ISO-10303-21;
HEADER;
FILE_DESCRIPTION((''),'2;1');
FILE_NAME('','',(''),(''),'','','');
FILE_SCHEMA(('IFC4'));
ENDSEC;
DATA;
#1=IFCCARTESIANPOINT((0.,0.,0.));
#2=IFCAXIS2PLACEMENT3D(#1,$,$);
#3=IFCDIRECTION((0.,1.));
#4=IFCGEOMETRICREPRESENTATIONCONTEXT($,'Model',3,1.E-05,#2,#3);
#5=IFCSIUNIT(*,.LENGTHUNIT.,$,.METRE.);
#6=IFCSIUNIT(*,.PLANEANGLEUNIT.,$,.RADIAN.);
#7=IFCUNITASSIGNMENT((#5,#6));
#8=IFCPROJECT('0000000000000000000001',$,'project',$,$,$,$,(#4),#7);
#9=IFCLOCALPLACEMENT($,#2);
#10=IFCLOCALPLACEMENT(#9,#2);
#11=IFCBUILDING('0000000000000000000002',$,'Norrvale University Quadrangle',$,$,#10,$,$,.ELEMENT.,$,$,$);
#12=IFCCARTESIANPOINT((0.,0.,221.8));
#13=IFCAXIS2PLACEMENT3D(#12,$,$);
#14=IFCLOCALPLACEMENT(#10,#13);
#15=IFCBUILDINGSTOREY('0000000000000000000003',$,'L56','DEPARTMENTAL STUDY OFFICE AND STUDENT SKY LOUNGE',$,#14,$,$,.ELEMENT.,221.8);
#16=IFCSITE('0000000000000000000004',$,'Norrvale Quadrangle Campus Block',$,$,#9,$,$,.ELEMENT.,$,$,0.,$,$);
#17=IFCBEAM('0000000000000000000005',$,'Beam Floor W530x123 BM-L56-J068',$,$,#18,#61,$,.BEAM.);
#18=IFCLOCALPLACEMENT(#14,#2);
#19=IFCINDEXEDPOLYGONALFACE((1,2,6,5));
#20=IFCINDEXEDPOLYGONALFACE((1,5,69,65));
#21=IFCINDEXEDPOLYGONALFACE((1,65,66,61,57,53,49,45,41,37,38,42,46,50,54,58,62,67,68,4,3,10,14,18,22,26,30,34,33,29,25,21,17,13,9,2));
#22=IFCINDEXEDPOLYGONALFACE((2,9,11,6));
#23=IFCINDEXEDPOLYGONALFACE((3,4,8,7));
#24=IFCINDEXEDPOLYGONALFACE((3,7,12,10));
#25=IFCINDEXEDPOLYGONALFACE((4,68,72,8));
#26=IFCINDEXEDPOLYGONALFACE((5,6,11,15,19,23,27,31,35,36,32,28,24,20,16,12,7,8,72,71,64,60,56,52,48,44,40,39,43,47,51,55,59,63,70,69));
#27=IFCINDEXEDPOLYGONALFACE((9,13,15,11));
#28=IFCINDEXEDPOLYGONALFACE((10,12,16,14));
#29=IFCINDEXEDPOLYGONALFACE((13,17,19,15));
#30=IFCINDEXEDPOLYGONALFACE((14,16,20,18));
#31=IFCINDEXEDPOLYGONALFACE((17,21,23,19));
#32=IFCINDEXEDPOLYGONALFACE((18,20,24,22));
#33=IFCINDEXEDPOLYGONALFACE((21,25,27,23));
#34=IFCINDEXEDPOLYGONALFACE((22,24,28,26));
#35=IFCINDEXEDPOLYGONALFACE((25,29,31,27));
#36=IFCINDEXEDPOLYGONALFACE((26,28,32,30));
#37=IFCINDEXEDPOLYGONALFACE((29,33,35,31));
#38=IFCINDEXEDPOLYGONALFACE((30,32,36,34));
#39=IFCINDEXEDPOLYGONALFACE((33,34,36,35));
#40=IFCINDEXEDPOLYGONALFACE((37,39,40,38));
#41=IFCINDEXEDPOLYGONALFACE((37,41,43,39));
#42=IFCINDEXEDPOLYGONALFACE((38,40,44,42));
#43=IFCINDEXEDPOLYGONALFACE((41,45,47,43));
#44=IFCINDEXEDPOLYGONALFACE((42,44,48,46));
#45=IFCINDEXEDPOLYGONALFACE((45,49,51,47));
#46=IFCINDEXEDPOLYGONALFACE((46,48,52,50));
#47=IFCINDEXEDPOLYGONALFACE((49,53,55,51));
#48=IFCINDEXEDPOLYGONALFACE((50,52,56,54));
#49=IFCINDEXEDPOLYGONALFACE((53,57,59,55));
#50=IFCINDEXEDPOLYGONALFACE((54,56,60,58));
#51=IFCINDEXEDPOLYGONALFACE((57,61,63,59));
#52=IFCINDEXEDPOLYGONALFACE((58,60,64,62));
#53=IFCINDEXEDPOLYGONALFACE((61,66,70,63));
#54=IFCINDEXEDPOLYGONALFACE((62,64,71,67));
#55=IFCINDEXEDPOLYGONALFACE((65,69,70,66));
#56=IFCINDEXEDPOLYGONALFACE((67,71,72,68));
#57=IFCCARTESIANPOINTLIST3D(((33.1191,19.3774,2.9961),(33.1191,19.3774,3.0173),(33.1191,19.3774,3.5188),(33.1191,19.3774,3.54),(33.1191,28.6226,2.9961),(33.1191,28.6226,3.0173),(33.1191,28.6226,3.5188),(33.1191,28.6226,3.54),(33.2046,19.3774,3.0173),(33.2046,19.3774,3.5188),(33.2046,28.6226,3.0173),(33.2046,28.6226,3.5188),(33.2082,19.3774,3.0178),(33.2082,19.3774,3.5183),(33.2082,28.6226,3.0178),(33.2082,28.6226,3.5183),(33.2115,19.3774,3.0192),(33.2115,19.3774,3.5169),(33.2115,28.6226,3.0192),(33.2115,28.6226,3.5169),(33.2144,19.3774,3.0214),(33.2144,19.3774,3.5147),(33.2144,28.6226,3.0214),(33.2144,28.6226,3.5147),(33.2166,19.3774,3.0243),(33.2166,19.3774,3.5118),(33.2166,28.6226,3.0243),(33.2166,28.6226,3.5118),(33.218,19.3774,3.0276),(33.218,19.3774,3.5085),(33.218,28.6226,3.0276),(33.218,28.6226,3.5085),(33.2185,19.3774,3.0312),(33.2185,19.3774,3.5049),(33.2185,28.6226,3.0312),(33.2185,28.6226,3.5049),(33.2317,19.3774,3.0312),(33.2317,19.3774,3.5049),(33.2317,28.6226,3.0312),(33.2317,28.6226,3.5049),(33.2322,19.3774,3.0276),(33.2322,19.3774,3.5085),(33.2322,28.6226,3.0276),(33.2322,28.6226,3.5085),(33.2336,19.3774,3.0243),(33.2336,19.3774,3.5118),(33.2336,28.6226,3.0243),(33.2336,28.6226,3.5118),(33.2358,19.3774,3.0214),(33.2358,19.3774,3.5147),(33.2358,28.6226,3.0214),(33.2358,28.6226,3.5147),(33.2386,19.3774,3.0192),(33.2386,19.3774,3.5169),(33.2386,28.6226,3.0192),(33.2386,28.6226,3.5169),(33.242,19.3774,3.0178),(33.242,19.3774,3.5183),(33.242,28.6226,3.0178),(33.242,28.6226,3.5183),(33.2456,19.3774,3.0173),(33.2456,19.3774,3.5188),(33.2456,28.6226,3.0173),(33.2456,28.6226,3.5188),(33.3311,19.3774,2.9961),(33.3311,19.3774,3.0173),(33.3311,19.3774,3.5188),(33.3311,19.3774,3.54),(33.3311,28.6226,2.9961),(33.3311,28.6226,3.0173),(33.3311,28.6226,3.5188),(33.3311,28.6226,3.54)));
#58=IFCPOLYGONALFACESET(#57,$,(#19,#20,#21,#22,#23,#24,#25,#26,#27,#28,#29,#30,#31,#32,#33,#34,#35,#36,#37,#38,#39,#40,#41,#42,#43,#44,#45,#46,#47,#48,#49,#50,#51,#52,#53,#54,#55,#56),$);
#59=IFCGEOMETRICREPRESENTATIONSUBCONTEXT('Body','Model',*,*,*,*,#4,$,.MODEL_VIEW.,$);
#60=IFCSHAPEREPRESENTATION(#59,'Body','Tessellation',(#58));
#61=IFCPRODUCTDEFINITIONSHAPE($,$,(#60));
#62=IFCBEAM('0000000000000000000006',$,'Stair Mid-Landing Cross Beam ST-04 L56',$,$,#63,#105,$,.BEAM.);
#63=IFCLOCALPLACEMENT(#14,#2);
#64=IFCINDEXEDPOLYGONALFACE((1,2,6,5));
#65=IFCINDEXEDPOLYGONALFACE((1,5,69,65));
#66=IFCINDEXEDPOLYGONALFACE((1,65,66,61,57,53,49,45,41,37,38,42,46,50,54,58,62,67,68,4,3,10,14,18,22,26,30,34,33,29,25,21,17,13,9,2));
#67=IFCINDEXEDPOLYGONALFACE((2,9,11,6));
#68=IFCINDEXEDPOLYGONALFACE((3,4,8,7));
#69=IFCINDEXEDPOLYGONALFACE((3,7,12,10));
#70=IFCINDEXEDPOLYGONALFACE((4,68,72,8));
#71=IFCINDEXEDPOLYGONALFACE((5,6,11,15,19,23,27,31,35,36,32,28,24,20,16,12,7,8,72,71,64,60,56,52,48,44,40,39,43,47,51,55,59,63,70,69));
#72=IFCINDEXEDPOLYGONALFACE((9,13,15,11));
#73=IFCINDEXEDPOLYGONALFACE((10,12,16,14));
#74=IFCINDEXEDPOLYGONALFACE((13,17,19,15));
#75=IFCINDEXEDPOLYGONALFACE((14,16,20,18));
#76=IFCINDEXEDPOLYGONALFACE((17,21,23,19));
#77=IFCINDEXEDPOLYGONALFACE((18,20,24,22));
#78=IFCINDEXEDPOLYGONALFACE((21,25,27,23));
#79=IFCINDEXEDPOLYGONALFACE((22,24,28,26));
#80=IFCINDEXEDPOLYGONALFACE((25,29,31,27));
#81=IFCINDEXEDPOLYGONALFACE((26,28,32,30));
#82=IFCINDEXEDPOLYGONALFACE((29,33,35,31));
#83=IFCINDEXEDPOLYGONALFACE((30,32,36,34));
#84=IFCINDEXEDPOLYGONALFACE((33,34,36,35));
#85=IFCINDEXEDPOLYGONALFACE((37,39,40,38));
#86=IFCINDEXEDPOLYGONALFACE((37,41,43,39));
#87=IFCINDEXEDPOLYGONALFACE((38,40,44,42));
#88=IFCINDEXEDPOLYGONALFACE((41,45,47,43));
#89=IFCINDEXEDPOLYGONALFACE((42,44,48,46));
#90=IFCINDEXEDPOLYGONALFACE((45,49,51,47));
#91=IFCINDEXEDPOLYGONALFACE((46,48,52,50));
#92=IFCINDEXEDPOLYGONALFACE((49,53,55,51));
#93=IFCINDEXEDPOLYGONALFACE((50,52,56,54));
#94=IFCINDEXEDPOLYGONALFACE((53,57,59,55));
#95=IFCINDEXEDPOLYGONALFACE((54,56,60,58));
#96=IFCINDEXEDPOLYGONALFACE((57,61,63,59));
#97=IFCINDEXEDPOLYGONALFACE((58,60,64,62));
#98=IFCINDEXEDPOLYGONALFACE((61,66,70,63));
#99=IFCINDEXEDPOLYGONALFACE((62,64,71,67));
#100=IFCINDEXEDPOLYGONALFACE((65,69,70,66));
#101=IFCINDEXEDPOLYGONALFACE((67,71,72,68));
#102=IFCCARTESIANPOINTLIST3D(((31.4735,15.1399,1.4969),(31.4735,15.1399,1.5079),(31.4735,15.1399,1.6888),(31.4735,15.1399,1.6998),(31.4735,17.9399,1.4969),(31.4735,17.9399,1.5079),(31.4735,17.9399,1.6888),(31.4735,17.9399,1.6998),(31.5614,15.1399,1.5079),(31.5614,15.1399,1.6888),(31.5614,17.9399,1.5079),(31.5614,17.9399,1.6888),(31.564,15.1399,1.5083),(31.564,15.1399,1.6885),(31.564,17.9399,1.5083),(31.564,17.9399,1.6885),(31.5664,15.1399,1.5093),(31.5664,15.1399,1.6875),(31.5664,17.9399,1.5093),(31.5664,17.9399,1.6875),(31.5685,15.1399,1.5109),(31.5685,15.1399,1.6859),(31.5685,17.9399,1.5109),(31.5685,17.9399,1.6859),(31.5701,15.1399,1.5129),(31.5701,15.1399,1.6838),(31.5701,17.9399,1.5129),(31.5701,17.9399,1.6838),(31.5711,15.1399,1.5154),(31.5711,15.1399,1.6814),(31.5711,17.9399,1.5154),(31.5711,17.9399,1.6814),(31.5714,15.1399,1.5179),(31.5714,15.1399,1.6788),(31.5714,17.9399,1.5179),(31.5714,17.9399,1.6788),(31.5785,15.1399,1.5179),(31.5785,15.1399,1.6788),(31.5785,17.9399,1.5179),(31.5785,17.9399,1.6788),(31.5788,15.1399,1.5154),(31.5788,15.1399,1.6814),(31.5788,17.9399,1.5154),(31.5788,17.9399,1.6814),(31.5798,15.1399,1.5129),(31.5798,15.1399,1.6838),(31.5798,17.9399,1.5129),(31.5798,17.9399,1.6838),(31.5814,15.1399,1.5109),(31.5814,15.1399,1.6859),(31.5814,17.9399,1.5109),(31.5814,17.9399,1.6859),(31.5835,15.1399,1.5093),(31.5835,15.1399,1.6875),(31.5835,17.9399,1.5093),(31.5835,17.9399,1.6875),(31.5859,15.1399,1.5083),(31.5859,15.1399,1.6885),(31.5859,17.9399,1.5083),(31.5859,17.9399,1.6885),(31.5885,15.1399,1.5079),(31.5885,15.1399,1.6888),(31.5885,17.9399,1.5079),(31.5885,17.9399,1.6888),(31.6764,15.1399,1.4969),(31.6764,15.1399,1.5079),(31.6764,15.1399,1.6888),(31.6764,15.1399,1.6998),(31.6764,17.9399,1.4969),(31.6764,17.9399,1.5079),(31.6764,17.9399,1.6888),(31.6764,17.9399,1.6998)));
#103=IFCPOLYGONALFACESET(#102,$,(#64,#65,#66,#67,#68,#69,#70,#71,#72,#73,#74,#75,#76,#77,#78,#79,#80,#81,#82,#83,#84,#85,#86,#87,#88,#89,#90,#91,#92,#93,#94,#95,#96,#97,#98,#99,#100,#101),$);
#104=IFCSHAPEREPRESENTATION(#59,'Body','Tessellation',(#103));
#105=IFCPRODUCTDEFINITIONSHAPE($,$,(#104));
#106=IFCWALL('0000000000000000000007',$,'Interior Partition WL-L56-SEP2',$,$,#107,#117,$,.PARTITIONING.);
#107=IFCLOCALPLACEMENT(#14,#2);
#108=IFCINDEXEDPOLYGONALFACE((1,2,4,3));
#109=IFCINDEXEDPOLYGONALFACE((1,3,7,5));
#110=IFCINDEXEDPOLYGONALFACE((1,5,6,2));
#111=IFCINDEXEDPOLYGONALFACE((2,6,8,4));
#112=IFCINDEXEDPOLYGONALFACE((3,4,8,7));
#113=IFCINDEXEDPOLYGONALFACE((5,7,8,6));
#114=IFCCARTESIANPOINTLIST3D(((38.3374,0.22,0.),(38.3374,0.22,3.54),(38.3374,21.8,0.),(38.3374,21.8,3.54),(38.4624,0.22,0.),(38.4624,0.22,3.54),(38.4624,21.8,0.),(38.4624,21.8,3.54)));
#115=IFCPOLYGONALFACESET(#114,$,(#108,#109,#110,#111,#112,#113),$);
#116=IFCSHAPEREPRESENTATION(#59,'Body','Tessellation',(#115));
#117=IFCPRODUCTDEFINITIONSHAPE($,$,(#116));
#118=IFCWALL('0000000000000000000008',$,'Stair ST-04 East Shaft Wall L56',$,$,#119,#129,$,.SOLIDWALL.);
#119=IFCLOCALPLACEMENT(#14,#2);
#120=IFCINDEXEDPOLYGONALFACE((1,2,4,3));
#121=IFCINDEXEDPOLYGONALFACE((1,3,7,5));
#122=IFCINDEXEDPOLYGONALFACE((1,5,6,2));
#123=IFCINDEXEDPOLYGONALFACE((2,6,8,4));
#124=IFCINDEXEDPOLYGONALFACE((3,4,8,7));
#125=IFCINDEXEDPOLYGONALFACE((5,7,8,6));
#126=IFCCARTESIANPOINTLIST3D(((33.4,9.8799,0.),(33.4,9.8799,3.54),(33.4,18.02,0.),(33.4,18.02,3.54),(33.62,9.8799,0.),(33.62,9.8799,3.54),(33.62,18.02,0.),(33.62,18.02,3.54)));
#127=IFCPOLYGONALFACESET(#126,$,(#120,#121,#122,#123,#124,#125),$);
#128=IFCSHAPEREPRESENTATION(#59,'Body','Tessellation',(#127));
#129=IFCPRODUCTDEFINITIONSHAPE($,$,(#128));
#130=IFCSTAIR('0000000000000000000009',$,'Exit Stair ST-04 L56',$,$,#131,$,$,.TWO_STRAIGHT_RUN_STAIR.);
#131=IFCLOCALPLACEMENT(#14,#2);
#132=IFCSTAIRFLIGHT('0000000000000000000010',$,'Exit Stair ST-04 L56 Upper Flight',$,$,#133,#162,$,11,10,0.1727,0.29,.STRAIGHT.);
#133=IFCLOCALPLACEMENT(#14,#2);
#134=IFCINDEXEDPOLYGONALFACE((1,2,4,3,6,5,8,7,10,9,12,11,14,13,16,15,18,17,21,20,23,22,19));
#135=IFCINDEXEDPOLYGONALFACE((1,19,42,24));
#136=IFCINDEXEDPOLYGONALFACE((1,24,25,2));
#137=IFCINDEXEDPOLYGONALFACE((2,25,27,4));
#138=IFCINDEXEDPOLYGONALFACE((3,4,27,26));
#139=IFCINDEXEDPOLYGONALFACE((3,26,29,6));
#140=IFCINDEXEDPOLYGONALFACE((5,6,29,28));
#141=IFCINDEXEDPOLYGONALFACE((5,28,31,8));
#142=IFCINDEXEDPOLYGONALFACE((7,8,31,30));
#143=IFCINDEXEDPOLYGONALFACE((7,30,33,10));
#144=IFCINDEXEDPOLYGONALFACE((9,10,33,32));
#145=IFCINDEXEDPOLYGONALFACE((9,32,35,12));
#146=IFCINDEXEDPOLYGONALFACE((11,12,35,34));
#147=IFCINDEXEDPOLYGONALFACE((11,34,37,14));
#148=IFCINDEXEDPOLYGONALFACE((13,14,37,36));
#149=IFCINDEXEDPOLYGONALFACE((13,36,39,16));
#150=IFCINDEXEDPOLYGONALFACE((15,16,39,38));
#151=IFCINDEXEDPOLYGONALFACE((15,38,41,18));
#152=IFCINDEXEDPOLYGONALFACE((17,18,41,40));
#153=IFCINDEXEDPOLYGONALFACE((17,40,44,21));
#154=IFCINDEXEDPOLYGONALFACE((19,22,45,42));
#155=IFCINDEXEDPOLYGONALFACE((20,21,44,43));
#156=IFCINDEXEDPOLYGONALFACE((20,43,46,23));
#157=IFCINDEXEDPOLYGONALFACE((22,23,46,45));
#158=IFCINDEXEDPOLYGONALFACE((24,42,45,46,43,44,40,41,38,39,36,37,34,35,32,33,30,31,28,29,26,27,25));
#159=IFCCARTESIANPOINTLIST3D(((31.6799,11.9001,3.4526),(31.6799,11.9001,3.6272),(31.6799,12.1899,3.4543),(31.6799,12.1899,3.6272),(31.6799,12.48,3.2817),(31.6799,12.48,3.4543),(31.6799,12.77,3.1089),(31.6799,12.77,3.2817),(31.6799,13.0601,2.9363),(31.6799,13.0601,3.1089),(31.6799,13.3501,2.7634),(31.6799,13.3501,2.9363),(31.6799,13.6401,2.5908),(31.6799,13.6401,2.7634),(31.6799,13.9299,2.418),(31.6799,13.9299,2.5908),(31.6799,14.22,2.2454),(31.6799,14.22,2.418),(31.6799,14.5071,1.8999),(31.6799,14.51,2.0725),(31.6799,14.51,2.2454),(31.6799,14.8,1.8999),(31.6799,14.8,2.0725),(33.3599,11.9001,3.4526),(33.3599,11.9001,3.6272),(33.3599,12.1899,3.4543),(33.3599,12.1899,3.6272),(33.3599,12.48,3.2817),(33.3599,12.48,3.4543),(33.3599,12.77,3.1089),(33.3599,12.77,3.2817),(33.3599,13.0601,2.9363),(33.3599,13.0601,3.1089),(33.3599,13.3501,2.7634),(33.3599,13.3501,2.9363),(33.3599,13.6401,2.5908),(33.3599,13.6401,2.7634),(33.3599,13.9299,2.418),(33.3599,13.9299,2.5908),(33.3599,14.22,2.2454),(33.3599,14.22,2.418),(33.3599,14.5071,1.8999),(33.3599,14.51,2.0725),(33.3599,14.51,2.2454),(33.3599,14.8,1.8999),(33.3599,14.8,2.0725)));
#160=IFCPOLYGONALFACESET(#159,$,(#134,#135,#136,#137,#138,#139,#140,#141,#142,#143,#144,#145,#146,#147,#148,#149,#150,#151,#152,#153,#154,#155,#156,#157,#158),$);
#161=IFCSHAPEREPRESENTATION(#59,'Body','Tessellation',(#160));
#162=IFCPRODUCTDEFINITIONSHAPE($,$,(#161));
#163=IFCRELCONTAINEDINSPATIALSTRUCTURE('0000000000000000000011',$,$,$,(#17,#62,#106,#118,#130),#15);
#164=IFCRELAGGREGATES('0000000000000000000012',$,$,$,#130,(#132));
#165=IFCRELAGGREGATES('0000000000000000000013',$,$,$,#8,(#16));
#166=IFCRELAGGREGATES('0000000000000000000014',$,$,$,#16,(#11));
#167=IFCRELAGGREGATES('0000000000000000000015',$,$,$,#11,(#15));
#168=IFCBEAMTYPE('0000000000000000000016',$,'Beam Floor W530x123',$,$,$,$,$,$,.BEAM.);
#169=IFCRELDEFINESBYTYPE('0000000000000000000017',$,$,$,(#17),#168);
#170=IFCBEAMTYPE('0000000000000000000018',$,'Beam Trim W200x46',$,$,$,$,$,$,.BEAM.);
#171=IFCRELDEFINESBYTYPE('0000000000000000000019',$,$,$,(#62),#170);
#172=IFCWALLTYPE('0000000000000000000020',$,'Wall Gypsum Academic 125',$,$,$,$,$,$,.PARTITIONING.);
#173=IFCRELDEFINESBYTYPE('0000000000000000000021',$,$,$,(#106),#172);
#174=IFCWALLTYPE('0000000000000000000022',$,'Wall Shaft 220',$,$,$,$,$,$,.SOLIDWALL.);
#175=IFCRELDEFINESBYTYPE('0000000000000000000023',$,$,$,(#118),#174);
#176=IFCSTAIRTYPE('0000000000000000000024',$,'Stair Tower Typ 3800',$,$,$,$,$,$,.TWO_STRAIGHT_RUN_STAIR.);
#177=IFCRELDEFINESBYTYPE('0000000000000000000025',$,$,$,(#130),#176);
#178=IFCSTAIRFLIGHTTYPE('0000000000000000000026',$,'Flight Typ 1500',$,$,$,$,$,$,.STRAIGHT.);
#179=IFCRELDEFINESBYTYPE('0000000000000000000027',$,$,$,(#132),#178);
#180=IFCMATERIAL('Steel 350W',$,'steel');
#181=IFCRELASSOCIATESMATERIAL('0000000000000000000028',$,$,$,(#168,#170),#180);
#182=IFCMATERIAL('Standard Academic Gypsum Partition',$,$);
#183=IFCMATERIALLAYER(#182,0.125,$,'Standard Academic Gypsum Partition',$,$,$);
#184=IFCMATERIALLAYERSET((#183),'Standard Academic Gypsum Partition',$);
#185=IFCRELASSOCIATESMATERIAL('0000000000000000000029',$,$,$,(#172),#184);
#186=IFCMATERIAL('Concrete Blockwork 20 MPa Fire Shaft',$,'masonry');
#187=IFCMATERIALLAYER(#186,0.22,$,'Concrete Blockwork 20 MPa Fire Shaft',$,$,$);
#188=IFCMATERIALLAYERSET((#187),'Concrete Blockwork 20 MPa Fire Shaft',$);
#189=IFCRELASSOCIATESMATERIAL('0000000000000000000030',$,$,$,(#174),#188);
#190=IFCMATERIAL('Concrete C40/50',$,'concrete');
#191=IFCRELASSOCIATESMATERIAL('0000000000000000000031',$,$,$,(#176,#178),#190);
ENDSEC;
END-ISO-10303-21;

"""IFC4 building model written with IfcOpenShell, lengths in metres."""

from ifc_helpers import new_model, si_unit, direction, frame, frame_2d, origin, origin_2d, place, context, subcontext, project, spatial, polyline, rectangle, i_section, outline, extrude, material, layer, layer_set, material_profile, profile_set, type_object, element, aggregate, save


model = new_model("IFC4")

# Units and contexts
model_context = context("Model", 3, precision=1e-05, world=origin(), true_north=direction((0.0, 1.0)))
body_context = subcontext(model_context, "Body", "Model", "MODEL_VIEW")
ifc_project = project(units=[si_unit("LENGTHUNIT", "METRE"), si_unit("PLANEANGLEUNIT", "RADIAN")], contexts=[model_context])

# Site, building, storey
site_placement = place(None, origin())
site = spatial("IfcSite", under=ifc_project, at=site_placement, Name="Norrvale Quadrangle Campus Block", CompositionType="ELEMENT", RefElevation=0.0)
building_placement = place(site_placement, origin())
building = spatial("IfcBuilding", under=site, at=building_placement, Name="Norrvale University Quadrangle", CompositionType="ELEMENT")
storey_placement = place(building_placement, frame((0.0, 0.0, 221.8)))
storey = spatial("IfcBuildingStorey", under=building, at=storey_placement, Name="L56", Description="DEPARTMENTAL STUDY OFFICE AND STUDENT SKY LOUNGE", CompositionType="ELEMENT", Elevation=221.8)

# Beams
ifc_material_1 = material(Name="Steel 350W", Category="steel")
ifc_material_profile_1 = material_profile(ifc_material_1, i_section(OverallWidth=0.2119, OverallDepth=0.5439, WebThickness=0.0132, FlangeThickness=0.0212, FilletRadius=0.0139, at=origin_2d()), Name="Steel 350W")
ifc_profile_set_1 = profile_set([ifc_material_profile_1], Name="Steel 350W")
beam_type_1 = type_object("IfcBeamType", Name="Beam Floor W530x123", PredefinedType="BEAM", material=ifc_profile_set_1)
beam_1_placement = place(storey_placement, frame((33.2251, 19.3774, 3.2681), z_axis=(0.0, 1.0, 0.0), x_axis=(-1.0, 0.0, 0.0)))
element("IfcBeam", 1, at=beam_1_placement, inside=storey, type_object=beam_type_1, Name="Beam Floor W530x123 BM-L56-J068", PredefinedType="BEAM", context=body_context, shape_type="SweptSolid", body=[
    extrude(i_section(OverallWidth=0.2119, OverallDepth=0.5439, WebThickness=0.0132, FlangeThickness=0.0212, FilletRadius=0.0139, at=origin_2d()), origin(), (0.0, 0.0, 1.0), 9.2451),
])
ifc_material_profile_2 = material_profile(ifc_material_1, i_section(OverallWidth=0.2029, OverallDepth=0.2029, WebThickness=0.0071, FlangeThickness=0.011, FilletRadius=0.01, at=origin_2d()), Name="Steel 350W")
ifc_profile_set_2 = profile_set([ifc_material_profile_2], Name="Steel 350W")
beam_type_2 = type_object("IfcBeamType", Name="Beam Trim W200x46", PredefinedType="BEAM", material=ifc_profile_set_2)
beam_2_placement = place(storey_placement, frame((31.575, 15.1399, 1.5984), z_axis=(0.0, 1.0, 0.0), x_axis=(-1.0, 0.0, 0.0)))
element("IfcBeam", 2, at=beam_2_placement, inside=storey, type_object=beam_type_2, Name="Stair Mid-Landing Cross Beam ST-04 L56", PredefinedType="BEAM", context=body_context, shape_type="SweptSolid", body=[
    extrude(i_section(OverallWidth=0.2029, OverallDepth=0.2029, WebThickness=0.0071, FlangeThickness=0.011, FilletRadius=0.01, at=origin_2d()), origin(), (0.0, 0.0, 1.0), 2.8),
])

# Walls
ifc_material_2 = material(Name="Standard Academic Gypsum Partition")
ifc_layer_1 = layer(ifc_material_2, 0.125, Name="Standard Academic Gypsum Partition")
ifc_layer_set_1 = layer_set([ifc_layer_1], Name="Standard Academic Gypsum Partition")
wall_type_1 = type_object("IfcWallType", Name="Wall Gypsum Academic 125", PredefinedType="PARTITIONING", material=ifc_layer_set_1)
wall_1_placement = place(storey_placement, frame((38.3999, 0.22, 0.0), z_axis=(0.0, 0.0, 1.0), x_axis=(0.0, 1.0, 0.0)))
element("IfcWall", 3, at=wall_1_placement, inside=storey, type_object=wall_type_1, Name="Interior Partition WL-L56-SEP2", PredefinedType="PARTITIONING", context=body_context, shape_type="SweptSolid", body=[
    extrude(rectangle(XDim=21.5801, YDim=0.125, at=frame_2d((10.79, 0.0))), origin(), (0.0, 0.0, 1.0), 3.54),
])
ifc_material_3 = material(Name="Concrete Blockwork 20 MPa Fire Shaft", Category="masonry")
ifc_layer_2 = layer(ifc_material_3, 0.22, Name="Concrete Blockwork 20 MPa Fire Shaft")
ifc_layer_set_2 = layer_set([ifc_layer_2], Name="Concrete Blockwork 20 MPa Fire Shaft")
wall_type_2 = type_object("IfcWallType", Name="Wall Shaft 220", PredefinedType="SOLIDWALL", material=ifc_layer_set_2)
wall_2_placement = place(storey_placement, frame((33.51, 9.8799, 0.0), z_axis=(0.0, 0.0, 1.0), x_axis=(0.0, 1.0, 0.0)))
element("IfcWall", 4, at=wall_2_placement, inside=storey, type_object=wall_type_2, Name="Stair ST-04 East Shaft Wall L56", PredefinedType="SOLIDWALL", context=body_context, shape_type="SweptSolid", body=[
    extrude(rectangle(XDim=8.1401, YDim=0.22, at=frame_2d((4.0701, 0.0))), origin(), (0.0, 0.0, 1.0), 3.54),
])

# Stair, stair flight
ifc_material_4 = material(Name="Concrete C40/50", Category="concrete")
stair_type = type_object("IfcStairType", Name="Stair Tower Typ 3800", PredefinedType="TWO_STRAIGHT_RUN_STAIR", material=ifc_material_4)
stair_placement = place(storey_placement, origin())
stair = element("IfcStair", 5, at=stair_placement, inside=storey, type_object=stair_type, Name="Exit Stair ST-04 L56", PredefinedType="TWO_STRAIGHT_RUN_STAIR")
stair_flight_type = type_object("IfcStairFlightType", Name="Flight Typ 1500", PredefinedType="STRAIGHT", material=ifc_material_4)
stair_flight_placement = place(storey_placement, frame((32.52, 14.8, 1.8999), z_axis=(0.0, 0.0, 1.0), x_axis=(0.0, -1.0, 0.0)))
stair_flight = element("IfcStairFlight", 6, at=stair_flight_placement, type_object=stair_flight_type, Name="Exit Stair ST-04 L56 Upper Flight", NumberOfRisers=11, NumberOfTreads=10, PredefinedType="STRAIGHT", RiserHeight=0.1727, TreadLength=0.29, context=body_context, shape_type="SweptSolid", body=[
    extrude(outline(polyline([(0.0, 0.0), (0.0, 0.1726), (0.29, 0.1726), (0.29, 0.3455), (0.5801, 0.3455), (0.5801, 0.5181), (0.8701, 0.5181), (0.8701, 0.6909), (1.1599, 0.6909), (1.1599, 0.8635), (1.45, 0.8635), (1.45, 1.0364), (1.74, 1.0364), (1.74, 1.209), (2.03, 1.209), (2.03, 1.3818), (2.3201, 1.3818), (2.3201, 1.5544), (2.6101, 1.5544), (2.6101, 1.7273), (2.8999, 1.7273), (2.8999, 1.8999), (2.8999, 1.5527), (0.293, 0.0), (0.0, 0.0)])), frame((0.0, 0.8398, 0.0), z_axis=(0.0, -1.0, 0.0), x_axis=(1.0, 0.0, 0.0)), (0.0, 0.0, 1.0), 1.6799),
])
aggregate(stair, [stair_flight])

save(model, "model.ifc")
